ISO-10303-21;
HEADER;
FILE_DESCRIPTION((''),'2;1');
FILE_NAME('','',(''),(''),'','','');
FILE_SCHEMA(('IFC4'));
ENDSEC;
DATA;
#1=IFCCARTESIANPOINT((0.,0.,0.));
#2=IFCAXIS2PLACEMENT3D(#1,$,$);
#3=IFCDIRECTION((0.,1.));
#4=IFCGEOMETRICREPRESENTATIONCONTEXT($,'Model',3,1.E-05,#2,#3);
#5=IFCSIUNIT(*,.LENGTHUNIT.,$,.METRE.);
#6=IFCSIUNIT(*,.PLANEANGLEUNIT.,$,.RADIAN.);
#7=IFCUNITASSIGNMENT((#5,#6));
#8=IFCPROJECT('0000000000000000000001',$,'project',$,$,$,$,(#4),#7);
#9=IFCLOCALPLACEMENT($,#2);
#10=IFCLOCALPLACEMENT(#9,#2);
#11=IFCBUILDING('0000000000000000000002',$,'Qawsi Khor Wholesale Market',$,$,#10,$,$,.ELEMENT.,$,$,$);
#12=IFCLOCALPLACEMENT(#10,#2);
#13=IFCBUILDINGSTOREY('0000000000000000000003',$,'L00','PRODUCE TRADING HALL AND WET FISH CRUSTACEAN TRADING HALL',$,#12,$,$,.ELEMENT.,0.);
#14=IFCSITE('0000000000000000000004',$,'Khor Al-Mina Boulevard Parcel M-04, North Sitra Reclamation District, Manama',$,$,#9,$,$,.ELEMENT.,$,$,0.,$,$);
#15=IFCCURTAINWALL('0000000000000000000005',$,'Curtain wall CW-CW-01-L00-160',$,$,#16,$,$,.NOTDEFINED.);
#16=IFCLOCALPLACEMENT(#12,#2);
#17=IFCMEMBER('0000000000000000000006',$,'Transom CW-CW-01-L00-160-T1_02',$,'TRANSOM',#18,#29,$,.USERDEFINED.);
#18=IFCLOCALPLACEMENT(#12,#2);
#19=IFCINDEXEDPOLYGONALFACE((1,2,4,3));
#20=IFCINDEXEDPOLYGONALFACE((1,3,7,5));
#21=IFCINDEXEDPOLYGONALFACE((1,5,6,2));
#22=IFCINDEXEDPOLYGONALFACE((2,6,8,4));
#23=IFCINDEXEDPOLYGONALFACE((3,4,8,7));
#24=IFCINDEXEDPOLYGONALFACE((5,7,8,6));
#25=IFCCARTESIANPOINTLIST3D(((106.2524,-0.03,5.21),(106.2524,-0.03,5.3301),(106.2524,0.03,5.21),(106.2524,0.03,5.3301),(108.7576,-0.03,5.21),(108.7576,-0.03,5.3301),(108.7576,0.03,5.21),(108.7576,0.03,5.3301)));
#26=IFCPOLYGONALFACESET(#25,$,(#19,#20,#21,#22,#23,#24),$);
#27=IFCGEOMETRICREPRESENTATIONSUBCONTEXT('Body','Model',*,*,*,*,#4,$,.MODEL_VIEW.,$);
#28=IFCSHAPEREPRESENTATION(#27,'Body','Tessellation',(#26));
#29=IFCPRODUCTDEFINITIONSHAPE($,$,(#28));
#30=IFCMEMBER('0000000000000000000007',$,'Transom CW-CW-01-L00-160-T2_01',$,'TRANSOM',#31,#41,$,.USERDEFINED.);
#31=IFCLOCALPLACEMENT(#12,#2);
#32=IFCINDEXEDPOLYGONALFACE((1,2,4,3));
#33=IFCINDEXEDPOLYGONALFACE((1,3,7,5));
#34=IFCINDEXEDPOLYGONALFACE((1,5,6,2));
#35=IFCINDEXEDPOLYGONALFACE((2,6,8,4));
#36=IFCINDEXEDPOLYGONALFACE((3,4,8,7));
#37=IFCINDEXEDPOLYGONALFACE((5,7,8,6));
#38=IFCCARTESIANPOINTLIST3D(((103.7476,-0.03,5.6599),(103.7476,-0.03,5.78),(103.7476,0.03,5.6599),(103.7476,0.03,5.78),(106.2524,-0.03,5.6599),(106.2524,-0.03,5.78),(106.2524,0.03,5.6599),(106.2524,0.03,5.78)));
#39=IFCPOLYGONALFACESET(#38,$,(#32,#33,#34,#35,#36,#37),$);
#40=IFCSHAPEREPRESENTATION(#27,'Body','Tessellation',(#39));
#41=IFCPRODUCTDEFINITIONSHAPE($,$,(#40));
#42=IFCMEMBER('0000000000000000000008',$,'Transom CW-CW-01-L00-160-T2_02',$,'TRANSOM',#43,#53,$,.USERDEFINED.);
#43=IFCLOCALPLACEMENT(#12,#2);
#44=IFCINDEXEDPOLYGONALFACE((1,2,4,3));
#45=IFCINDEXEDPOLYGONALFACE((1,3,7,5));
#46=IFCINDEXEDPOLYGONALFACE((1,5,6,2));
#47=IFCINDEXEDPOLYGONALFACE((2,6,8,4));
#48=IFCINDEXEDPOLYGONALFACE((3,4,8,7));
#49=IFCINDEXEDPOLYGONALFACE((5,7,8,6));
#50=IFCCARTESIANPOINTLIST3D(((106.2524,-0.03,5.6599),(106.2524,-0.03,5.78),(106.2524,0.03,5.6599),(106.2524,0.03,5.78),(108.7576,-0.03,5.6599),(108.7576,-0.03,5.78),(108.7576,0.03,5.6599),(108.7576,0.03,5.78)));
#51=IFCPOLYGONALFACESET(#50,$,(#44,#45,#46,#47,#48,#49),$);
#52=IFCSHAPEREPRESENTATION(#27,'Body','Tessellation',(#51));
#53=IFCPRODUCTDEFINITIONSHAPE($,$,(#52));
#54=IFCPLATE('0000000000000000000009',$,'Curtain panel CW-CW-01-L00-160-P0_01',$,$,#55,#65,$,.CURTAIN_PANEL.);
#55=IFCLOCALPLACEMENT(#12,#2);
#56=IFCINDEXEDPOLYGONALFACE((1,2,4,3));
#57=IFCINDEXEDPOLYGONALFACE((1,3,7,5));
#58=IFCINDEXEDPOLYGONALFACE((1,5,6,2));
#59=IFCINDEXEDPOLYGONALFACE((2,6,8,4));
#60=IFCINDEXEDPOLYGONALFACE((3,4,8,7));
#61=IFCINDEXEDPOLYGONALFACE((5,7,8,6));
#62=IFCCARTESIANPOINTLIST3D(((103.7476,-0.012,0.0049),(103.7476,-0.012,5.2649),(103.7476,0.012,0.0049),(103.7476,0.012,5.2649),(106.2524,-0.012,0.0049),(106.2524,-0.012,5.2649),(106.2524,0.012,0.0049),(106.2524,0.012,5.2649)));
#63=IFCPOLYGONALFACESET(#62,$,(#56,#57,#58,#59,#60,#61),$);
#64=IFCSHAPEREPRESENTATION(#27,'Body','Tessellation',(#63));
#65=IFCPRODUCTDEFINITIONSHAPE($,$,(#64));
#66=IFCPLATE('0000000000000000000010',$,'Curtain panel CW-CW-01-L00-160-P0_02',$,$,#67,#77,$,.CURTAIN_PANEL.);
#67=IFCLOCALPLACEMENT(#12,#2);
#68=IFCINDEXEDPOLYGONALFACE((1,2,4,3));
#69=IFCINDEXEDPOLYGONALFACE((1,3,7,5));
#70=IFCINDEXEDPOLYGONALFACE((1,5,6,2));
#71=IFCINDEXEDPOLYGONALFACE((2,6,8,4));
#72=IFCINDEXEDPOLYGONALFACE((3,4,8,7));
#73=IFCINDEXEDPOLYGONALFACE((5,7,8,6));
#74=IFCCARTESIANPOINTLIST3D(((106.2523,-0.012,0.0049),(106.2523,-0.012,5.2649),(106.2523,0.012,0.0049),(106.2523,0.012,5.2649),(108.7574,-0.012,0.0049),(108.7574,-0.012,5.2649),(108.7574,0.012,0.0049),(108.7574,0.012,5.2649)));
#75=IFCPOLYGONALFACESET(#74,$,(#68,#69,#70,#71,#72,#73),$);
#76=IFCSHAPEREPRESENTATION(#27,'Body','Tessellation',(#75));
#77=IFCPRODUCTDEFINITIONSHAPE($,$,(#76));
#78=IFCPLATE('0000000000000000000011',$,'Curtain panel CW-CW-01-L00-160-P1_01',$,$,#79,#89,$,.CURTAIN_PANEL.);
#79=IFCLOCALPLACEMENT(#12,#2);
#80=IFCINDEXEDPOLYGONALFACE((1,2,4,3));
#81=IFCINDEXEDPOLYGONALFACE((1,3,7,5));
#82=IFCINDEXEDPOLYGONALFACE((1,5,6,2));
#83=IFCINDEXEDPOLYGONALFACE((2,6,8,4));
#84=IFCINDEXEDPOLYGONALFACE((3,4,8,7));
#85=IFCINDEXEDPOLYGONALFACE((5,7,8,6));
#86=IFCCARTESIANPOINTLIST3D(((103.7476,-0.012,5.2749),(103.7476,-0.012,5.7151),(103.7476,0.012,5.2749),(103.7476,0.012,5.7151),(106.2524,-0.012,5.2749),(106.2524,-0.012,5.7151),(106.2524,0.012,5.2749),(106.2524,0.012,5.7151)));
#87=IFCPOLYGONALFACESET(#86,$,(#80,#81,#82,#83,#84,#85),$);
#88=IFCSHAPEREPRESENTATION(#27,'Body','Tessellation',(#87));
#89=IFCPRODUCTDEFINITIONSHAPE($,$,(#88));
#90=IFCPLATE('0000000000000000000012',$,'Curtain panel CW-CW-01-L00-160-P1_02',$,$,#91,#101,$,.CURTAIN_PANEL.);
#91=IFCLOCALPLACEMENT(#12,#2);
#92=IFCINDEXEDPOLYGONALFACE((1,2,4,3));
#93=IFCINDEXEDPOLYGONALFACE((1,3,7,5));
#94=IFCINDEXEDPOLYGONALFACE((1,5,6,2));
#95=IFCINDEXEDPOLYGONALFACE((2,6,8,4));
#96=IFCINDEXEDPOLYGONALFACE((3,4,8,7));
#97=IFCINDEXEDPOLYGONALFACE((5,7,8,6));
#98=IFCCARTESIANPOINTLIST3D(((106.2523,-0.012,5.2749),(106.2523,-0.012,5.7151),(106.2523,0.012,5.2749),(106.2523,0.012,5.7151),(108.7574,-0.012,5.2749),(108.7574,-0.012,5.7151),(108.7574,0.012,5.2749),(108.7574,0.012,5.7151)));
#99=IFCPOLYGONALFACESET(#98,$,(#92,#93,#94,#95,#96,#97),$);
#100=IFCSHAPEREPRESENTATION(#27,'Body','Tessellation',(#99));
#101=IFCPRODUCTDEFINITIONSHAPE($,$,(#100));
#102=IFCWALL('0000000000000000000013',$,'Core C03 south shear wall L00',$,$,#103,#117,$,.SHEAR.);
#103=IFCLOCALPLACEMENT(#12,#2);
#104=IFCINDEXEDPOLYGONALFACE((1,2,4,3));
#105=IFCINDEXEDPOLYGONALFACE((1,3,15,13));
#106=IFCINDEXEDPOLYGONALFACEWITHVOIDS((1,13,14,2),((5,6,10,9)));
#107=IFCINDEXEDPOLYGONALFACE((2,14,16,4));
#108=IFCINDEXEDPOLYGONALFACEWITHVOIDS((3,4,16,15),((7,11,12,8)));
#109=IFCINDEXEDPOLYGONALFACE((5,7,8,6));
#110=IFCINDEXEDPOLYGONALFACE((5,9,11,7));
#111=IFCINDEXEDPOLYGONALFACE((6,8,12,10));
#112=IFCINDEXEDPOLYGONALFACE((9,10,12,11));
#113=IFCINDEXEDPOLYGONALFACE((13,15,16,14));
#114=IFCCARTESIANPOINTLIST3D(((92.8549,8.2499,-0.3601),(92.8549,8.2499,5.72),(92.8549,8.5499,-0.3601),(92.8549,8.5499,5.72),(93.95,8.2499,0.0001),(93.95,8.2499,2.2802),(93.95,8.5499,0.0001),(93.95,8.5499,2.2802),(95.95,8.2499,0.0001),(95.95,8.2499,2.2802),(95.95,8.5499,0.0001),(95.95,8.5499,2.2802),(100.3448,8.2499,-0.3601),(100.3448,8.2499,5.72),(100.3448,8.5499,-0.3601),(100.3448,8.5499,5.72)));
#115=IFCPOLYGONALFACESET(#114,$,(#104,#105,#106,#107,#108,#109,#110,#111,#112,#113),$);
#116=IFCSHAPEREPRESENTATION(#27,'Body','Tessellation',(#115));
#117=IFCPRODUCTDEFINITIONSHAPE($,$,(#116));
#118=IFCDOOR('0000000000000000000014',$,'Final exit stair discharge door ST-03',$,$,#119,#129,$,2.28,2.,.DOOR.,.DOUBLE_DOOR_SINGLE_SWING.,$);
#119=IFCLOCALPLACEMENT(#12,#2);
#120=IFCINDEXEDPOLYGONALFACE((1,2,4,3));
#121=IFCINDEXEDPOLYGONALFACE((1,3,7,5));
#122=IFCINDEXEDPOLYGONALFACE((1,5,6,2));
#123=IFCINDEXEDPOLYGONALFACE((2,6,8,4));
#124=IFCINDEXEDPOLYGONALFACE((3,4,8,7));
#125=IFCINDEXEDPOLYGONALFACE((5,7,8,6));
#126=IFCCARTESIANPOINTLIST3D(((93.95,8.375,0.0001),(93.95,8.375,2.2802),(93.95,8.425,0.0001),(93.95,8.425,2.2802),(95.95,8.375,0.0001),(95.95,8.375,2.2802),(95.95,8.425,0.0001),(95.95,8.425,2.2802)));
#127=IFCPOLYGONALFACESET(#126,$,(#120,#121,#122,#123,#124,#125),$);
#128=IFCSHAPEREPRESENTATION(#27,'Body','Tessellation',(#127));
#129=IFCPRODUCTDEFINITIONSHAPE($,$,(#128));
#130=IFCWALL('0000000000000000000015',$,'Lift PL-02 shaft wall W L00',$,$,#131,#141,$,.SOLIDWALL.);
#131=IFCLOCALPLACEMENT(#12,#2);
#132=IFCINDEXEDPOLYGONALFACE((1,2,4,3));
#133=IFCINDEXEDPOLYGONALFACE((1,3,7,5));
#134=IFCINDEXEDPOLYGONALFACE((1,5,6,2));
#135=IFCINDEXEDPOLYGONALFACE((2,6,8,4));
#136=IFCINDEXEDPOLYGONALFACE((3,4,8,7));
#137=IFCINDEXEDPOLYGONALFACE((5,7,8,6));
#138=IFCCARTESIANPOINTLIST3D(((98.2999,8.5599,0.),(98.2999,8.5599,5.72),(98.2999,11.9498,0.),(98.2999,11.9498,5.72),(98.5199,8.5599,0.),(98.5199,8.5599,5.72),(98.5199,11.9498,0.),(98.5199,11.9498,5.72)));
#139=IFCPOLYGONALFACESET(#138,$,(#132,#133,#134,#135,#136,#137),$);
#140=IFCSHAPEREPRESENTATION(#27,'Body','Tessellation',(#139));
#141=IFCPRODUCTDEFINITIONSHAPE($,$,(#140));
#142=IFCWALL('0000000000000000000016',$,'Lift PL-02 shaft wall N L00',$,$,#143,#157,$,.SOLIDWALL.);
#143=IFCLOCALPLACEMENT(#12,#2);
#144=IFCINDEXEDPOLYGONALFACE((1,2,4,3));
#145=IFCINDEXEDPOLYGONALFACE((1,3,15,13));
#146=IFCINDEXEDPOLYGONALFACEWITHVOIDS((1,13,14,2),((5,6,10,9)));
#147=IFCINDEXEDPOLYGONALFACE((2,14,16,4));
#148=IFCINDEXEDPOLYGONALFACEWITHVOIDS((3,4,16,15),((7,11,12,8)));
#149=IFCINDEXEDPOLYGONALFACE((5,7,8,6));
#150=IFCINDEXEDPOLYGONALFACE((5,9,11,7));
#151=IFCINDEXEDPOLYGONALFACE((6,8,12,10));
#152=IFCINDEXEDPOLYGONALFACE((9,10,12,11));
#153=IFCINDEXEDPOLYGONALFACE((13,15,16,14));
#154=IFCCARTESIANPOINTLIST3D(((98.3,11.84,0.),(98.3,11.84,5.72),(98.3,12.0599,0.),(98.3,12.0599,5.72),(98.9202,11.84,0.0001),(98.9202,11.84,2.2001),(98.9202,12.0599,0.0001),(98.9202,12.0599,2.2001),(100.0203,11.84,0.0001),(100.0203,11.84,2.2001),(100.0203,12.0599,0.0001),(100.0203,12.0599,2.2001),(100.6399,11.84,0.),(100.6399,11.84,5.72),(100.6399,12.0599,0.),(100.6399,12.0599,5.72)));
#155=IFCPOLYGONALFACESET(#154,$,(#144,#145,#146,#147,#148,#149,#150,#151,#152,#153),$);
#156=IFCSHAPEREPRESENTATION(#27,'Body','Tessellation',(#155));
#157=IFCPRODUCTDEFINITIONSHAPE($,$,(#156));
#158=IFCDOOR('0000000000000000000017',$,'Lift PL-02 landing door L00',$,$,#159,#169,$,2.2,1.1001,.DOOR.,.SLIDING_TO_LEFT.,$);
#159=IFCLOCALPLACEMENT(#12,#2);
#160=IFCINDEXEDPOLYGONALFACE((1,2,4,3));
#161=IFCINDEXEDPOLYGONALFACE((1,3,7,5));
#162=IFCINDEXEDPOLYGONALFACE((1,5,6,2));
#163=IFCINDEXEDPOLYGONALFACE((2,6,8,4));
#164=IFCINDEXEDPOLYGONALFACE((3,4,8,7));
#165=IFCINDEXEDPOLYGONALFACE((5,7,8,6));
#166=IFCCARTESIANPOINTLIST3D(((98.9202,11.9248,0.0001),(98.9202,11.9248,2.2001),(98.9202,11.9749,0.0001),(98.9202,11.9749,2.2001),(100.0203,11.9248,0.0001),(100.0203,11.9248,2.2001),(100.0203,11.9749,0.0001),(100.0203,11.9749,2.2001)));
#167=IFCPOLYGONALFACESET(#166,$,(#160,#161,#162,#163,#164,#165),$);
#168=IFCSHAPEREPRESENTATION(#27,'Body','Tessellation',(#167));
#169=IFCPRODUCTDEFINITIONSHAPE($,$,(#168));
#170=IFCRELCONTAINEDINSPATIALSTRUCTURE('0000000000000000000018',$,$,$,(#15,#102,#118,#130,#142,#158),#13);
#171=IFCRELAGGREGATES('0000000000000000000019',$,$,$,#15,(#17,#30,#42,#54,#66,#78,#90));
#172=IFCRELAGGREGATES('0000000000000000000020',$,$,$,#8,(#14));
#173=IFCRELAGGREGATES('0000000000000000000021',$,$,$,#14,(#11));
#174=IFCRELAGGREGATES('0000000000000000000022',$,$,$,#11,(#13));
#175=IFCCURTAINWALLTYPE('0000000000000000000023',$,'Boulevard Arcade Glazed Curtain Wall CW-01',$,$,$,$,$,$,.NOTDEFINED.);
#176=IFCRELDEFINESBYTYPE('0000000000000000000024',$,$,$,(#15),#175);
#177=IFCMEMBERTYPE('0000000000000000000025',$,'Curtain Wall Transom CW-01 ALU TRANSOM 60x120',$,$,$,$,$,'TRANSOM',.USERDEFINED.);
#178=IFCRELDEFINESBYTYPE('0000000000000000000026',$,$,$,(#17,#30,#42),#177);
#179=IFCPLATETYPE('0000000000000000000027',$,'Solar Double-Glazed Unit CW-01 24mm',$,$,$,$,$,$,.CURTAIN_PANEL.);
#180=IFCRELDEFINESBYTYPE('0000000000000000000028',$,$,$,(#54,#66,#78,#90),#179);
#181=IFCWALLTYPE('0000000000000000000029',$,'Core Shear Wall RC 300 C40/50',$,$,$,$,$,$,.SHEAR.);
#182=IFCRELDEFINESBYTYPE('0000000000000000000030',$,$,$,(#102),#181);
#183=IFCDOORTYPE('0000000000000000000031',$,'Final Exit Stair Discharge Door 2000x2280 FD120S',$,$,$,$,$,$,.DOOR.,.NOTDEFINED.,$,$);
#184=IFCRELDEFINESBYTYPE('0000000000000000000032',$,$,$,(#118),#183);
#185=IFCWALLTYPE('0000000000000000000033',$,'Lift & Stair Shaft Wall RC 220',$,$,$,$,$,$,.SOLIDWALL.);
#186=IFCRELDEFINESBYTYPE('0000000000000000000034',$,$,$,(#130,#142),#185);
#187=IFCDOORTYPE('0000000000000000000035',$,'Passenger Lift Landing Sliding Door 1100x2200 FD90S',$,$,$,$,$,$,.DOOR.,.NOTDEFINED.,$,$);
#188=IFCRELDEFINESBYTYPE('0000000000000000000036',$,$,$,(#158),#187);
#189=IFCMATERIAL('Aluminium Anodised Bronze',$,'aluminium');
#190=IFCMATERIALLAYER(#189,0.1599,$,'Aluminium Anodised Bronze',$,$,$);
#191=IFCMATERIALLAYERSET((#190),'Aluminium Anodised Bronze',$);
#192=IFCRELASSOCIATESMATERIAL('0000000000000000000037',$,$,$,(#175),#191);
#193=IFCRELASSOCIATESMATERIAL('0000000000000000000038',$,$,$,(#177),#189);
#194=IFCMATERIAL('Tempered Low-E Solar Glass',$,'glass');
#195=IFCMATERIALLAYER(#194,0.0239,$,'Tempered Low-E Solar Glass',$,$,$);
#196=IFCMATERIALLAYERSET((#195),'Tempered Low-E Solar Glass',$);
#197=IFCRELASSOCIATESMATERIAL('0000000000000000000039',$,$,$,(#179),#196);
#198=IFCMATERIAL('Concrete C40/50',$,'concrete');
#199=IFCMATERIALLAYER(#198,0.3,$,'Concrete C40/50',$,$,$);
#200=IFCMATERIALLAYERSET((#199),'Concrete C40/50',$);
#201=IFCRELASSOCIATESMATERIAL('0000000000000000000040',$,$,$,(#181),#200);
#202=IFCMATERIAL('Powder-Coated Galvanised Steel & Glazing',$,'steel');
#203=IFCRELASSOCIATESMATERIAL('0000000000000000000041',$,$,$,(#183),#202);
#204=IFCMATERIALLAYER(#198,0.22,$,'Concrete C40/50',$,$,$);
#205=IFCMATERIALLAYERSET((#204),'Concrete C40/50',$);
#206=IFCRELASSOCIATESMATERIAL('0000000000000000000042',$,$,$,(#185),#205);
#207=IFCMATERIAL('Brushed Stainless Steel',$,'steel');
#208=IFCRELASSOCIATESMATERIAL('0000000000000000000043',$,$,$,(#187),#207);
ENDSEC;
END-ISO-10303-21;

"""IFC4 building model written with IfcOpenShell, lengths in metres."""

from ifc_helpers import new_model, si_unit, direction, frame, frame_2d, origin, origin_2d, place, context, subcontext, project, spatial, rectangle, extrude, material, layer, layer_set, material_profile, profile_set, type_object, element, fill, aggregate, save


model = new_model("IFC4")

# Units and contexts
model_context = context("Model", 3, precision=1e-05, world=origin(), true_north=direction((0.0, 1.0)))
body_context = subcontext(model_context, "Body", "Model", "MODEL_VIEW")
ifc_project = project(units=[si_unit("LENGTHUNIT", "METRE"), si_unit("PLANEANGLEUNIT", "RADIAN")], contexts=[model_context])

# Site, building, storey
site_placement = place(None, origin())
site = spatial("IfcSite", under=ifc_project, at=site_placement, Name="Khor Al-Mina Boulevard Parcel M-04, North Sitra Reclamation District, Manama", CompositionType="ELEMENT", RefElevation=0.0)
building_placement = place(site_placement, origin())
building = spatial("IfcBuilding", under=site, at=building_placement, Name="Qawsi Khor Wholesale Market", CompositionType="ELEMENT")
storey_placement = place(building_placement, origin())
storey = spatial("IfcBuildingStorey", under=building, at=storey_placement, Name="L00", Description="PRODUCE TRADING HALL AND WET FISH CRUSTACEAN TRADING HALL", CompositionType="ELEMENT", Elevation=0.0)

# Shared definitions
ifc_material_1 = material(Name="Concrete C40/50", Category="concrete")

# Curtain wall, members, plates
ifc_material_2 = material(Name="Aluminium Anodised Bronze", Category="aluminium")
ifc_layer_1 = layer(ifc_material_2, 0.1599, Name="Aluminium Anodised Bronze")
ifc_layer_set_1 = layer_set([ifc_layer_1], Name="Aluminium Anodised Bronze")
curtain_wall_type = type_object("IfcCurtainWallType", Name="Boulevard Arcade Glazed Curtain Wall CW-01", PredefinedType="NOTDEFINED", material=ifc_layer_set_1)
curtain_wall_placement = place(storey_placement, origin())
curtain_wall = element("IfcCurtainWall", 1, at=curtain_wall_placement, inside=storey, type_object=curtain_wall_type, Name="Curtain wall CW-CW-01-L00-160", PredefinedType="NOTDEFINED")
ifc_material_profile_1 = material_profile(ifc_material_2, rectangle(XDim=0.0601, YDim=0.1201, at=origin_2d()), Name="ALU TRANSOM 60x120")
ifc_profile_set_1 = profile_set([ifc_material_profile_1], Name="Aluminium Anodised Bronze")
member_type_1 = type_object("IfcMemberType", Name="Curtain Wall Transom CW-01 ALU TRANSOM 60x120", ElementType="TRANSOM", PredefinedType="USERDEFINED", material=ifc_profile_set_1)
member_1_placement = place(storey_placement, frame((106.2524, 0.0, 5.27), z_axis=(1.0, 0.0, 0.0), x_axis=(0.0, 1.0, 0.0)))
member_1 = element("IfcMember", 2, at=member_1_placement, type_object=member_type_1, Name="Transom CW-CW-01-L00-160-T1_02", ObjectType="TRANSOM", PredefinedType="USERDEFINED", context=body_context, shape_type="SweptSolid", body=[
    extrude(rectangle(XDim=0.0601, YDim=0.1201, at=origin_2d()), origin(), (0.0, 0.0, 1.0), 2.5051),
])
member_2_placement = place(storey_placement, frame((103.7476, 0.0, 5.72), z_axis=(1.0, 0.0, 0.0), x_axis=(0.0, 1.0, 0.0)))
member_2 = element("IfcMember", 3, at=member_2_placement, type_object=member_type_1, Name="Transom CW-CW-01-L00-160-T2_01", ObjectType="TRANSOM", PredefinedType="USERDEFINED", context=body_context, shape_type="SweptSolid", body=[
    extrude(rectangle(XDim=0.0601, YDim=0.1201, at=origin_2d()), origin(), (0.0, 0.0, 1.0), 2.5049),
])
member_3_placement = place(storey_placement, frame((106.2524, 0.0, 5.72), z_axis=(1.0, 0.0, 0.0), x_axis=(0.0, 1.0, 0.0)))
member_3 = element("IfcMember", 4, at=member_3_placement, type_object=member_type_1, Name="Transom CW-CW-01-L00-160-T2_02", ObjectType="TRANSOM", PredefinedType="USERDEFINED", context=body_context, shape_type="SweptSolid", body=[
    extrude(rectangle(XDim=0.0601, YDim=0.1201, at=origin_2d()), origin(), (0.0, 0.0, 1.0), 2.5051),
])
ifc_material_3 = material(Name="Tempered Low-E Solar Glass", Category="glass")
ifc_layer_2 = layer(ifc_material_3, 0.0239, Name="Tempered Low-E Solar Glass")
ifc_layer_set_2 = layer_set([ifc_layer_2], Name="Tempered Low-E Solar Glass")
plate_type = type_object("IfcPlateType", Name="Solar Double-Glazed Unit CW-01 24mm", PredefinedType="CURTAIN_PANEL", material=ifc_layer_set_2)
plate_1_placement = place(storey_placement, frame((103.7476, 0.0, 0.0049), z_axis=(0.0, 0.0, 1.0), x_axis=(1.0, 0.0, 0.0)))
plate_1 = element("IfcPlate", 5, at=plate_1_placement, type_object=plate_type, Name="Curtain panel CW-CW-01-L00-160-P0_01", PredefinedType="CURTAIN_PANEL", context=body_context, shape_type="SweptSolid", body=[
    extrude(rectangle(XDim=2.5049, YDim=0.0239, at=frame_2d((1.2524, 0.0))), origin(), (0.0, 0.0, 1.0), 5.26),
])
plate_2_placement = place(storey_placement, frame((106.2524, 0.0, 0.0049), z_axis=(0.0, 0.0, 1.0), x_axis=(1.0, 0.0, 0.0)))
plate_2 = element("IfcPlate", 6, at=plate_2_placement, type_object=plate_type, Name="Curtain panel CW-CW-01-L00-160-P0_02", PredefinedType="CURTAIN_PANEL", context=body_context, shape_type="SweptSolid", body=[
    extrude(rectangle(XDim=2.5051, YDim=0.0239, at=frame_2d((1.2524, 0.0))), origin(), (0.0, 0.0, 1.0), 5.26),
])
plate_3_placement = place(storey_placement, frame((103.7476, 0.0, 5.2749), z_axis=(0.0, 0.0, 1.0), x_axis=(1.0, 0.0, 0.0)))
plate_3 = element("IfcPlate", 7, at=plate_3_placement, type_object=plate_type, Name="Curtain panel CW-CW-01-L00-160-P1_01", PredefinedType="CURTAIN_PANEL", context=body_context, shape_type="SweptSolid", body=[
    extrude(rectangle(XDim=2.5049, YDim=0.0239, at=frame_2d((1.2524, 0.0))), origin(), (0.0, 0.0, 1.0), 0.4402),
])
plate_4_placement = place(storey_placement, frame((106.2524, 0.0, 5.2749), z_axis=(0.0, 0.0, 1.0), x_axis=(1.0, 0.0, 0.0)))
plate_4 = element("IfcPlate", 8, at=plate_4_placement, type_object=plate_type, Name="Curtain panel CW-CW-01-L00-160-P1_02", PredefinedType="CURTAIN_PANEL", context=body_context, shape_type="SweptSolid", body=[
    extrude(rectangle(XDim=2.5051, YDim=0.0239, at=frame_2d((1.2524, 0.0))), origin(), (0.0, 0.0, 1.0), 0.4402),
])
aggregate(curtain_wall, [member_1, member_2, member_3, plate_1, plate_2, plate_3, plate_4])

# Wall, opening, door
ifc_layer_3 = layer(ifc_material_1, 0.3, Name="Concrete C40/50")
ifc_layer_set_3 = layer_set([ifc_layer_3], Name="Concrete C40/50")
wall_type_1 = type_object("IfcWallType", Name="Core Shear Wall RC 300 C40/50", PredefinedType="SHEAR", material=ifc_layer_set_3)
wall_1_placement = place(storey_placement, frame((100.345, 8.3999, -0.3601), z_axis=(0.0, 0.0, 1.0), x_axis=(-1.0, 0.0, 0.0)))
wall_1 = element("IfcWall", 9, at=wall_1_placement, inside=storey, type_object=wall_type_1, Name="Core C03 south shear wall L00", PredefinedType="SHEAR", context=body_context, shape_type="SweptSolid", body=[
    extrude(rectangle(XDim=7.49, YDim=0.3, at=frame_2d((3.7451, 0.0))), origin(), (0.0, 0.0, 1.0), 6.0801),
])
opening_1_placement = place(wall_1_placement, frame((4.395, 0.0, 0.3601)))
opening_1 = element("IfcOpeningElement", 10, at=opening_1_placement, cuts=wall_1, PredefinedType="OPENING", context=body_context, shape_type="SweptSolid", body=[
    extrude(rectangle(XDim=2.0, YDim=2.28, at=frame_2d((1.0, 1.1401))), frame((0.0, 0.1599, 0.0), z_axis=(0.0, -1.0, 0.0), x_axis=(1.0, 0.0, 0.0)), (0.0, 0.0, 1.0), 0.3201),
])
ifc_material_4 = material(Name="Powder-Coated Galvanised Steel & Glazing", Category="steel")
door_type_1 = type_object("IfcDoorType", Name="Final Exit Stair Discharge Door 2000x2280 FD120S", OperationType="NOTDEFINED", PredefinedType="DOOR", material=ifc_material_4)
door_1_placement = place(opening_1_placement, origin())
door_1 = element("IfcDoor", 11, at=door_1_placement, inside=storey, type_object=door_type_1, Name="Final exit stair discharge door ST-03", OperationType="DOUBLE_DOOR_SINGLE_SWING", OverallHeight=2.28, OverallWidth=2.0, PredefinedType="DOOR", context=body_context, shape_type="SweptSolid", body=[
    extrude(rectangle(XDim=2.0, YDim=2.28, at=frame_2d((1.0, 1.1401))), frame((0.0, 0.0249, 0.0), z_axis=(0.0, -1.0, 0.0), x_axis=(1.0, 0.0, 0.0)), (0.0, 0.0, 1.0), 0.05),
])
fill(opening_1, door_1)

# Wall
ifc_layer_4 = layer(ifc_material_1, 0.22, Name="Concrete C40/50")
ifc_layer_set_4 = layer_set([ifc_layer_4], Name="Concrete C40/50")
wall_type_2 = type_object("IfcWallType", Name="Lift & Stair Shaft Wall RC 220", PredefinedType="SOLIDWALL", material=ifc_layer_set_4)
wall_2_placement = place(storey_placement, frame((98.4099, 8.5601, 0.0), z_axis=(0.0, 0.0, 1.0), x_axis=(0.0, 1.0, 0.0)))
element("IfcWall", 12, at=wall_2_placement, inside=storey, type_object=wall_type_2, Name="Lift PL-02 shaft wall W L00", PredefinedType="SOLIDWALL", context=body_context, shape_type="SweptSolid", body=[
    extrude(rectangle(XDim=3.3899, YDim=0.22, at=frame_2d((1.6948, 0.0))), origin(), (0.0, 0.0, 1.0), 5.72),
])

# Wall, opening, door
wall_3_placement = place(storey_placement, frame((98.3, 11.95, 0.0), z_axis=(0.0, 0.0, 1.0), x_axis=(1.0, 0.0, 0.0)))
wall_3 = element("IfcWall", 13, at=wall_3_placement, inside=storey, type_object=wall_type_2, Name="Lift PL-02 shaft wall N L00", PredefinedType="SOLIDWALL", context=body_context, shape_type="SweptSolid", body=[
    extrude(rectangle(XDim=2.3398, YDim=0.22, at=frame_2d((1.1699, 0.0))), origin(), (0.0, 0.0, 1.0), 5.72),
])
opening_2_placement = place(wall_3_placement, frame((0.6201, 0.0, 0.0)))
opening_2 = element("IfcOpeningElement", 14, at=opening_2_placement, cuts=wall_3, PredefinedType="OPENING", context=body_context, shape_type="SweptSolid", body=[
    extrude(rectangle(XDim=1.1001, YDim=2.2, at=frame_2d((0.55, 1.1001))), frame((0.0, 0.1199, 0.0), z_axis=(0.0, -1.0, 0.0), x_axis=(1.0, 0.0, 0.0)), (0.0, 0.0, 1.0), 0.24),
])
ifc_material_5 = material(Name="Brushed Stainless Steel", Category="steel")
door_type_2 = type_object("IfcDoorType", Name="Passenger Lift Landing Sliding Door 1100x2200 FD90S", OperationType="NOTDEFINED", PredefinedType="DOOR", material=ifc_material_5)
door_2_placement = place(opening_2_placement, origin())
door_2 = element("IfcDoor", 15, at=door_2_placement, inside=storey, type_object=door_type_2, Name="Lift PL-02 landing door L00", OperationType="SLIDING_TO_LEFT", OverallHeight=2.2, OverallWidth=1.1001, PredefinedType="DOOR", context=body_context, shape_type="SweptSolid", body=[
    extrude(rectangle(XDim=1.1001, YDim=2.2, at=frame_2d((0.55, 1.1001))), frame((0.0, 0.0249, 0.0), z_axis=(0.0, -1.0, 0.0), x_axis=(1.0, 0.0, 0.0)), (0.0, 0.0, 1.0), 0.05),
])
fill(opening_2, door_2)

save(model, "model.ifc")
